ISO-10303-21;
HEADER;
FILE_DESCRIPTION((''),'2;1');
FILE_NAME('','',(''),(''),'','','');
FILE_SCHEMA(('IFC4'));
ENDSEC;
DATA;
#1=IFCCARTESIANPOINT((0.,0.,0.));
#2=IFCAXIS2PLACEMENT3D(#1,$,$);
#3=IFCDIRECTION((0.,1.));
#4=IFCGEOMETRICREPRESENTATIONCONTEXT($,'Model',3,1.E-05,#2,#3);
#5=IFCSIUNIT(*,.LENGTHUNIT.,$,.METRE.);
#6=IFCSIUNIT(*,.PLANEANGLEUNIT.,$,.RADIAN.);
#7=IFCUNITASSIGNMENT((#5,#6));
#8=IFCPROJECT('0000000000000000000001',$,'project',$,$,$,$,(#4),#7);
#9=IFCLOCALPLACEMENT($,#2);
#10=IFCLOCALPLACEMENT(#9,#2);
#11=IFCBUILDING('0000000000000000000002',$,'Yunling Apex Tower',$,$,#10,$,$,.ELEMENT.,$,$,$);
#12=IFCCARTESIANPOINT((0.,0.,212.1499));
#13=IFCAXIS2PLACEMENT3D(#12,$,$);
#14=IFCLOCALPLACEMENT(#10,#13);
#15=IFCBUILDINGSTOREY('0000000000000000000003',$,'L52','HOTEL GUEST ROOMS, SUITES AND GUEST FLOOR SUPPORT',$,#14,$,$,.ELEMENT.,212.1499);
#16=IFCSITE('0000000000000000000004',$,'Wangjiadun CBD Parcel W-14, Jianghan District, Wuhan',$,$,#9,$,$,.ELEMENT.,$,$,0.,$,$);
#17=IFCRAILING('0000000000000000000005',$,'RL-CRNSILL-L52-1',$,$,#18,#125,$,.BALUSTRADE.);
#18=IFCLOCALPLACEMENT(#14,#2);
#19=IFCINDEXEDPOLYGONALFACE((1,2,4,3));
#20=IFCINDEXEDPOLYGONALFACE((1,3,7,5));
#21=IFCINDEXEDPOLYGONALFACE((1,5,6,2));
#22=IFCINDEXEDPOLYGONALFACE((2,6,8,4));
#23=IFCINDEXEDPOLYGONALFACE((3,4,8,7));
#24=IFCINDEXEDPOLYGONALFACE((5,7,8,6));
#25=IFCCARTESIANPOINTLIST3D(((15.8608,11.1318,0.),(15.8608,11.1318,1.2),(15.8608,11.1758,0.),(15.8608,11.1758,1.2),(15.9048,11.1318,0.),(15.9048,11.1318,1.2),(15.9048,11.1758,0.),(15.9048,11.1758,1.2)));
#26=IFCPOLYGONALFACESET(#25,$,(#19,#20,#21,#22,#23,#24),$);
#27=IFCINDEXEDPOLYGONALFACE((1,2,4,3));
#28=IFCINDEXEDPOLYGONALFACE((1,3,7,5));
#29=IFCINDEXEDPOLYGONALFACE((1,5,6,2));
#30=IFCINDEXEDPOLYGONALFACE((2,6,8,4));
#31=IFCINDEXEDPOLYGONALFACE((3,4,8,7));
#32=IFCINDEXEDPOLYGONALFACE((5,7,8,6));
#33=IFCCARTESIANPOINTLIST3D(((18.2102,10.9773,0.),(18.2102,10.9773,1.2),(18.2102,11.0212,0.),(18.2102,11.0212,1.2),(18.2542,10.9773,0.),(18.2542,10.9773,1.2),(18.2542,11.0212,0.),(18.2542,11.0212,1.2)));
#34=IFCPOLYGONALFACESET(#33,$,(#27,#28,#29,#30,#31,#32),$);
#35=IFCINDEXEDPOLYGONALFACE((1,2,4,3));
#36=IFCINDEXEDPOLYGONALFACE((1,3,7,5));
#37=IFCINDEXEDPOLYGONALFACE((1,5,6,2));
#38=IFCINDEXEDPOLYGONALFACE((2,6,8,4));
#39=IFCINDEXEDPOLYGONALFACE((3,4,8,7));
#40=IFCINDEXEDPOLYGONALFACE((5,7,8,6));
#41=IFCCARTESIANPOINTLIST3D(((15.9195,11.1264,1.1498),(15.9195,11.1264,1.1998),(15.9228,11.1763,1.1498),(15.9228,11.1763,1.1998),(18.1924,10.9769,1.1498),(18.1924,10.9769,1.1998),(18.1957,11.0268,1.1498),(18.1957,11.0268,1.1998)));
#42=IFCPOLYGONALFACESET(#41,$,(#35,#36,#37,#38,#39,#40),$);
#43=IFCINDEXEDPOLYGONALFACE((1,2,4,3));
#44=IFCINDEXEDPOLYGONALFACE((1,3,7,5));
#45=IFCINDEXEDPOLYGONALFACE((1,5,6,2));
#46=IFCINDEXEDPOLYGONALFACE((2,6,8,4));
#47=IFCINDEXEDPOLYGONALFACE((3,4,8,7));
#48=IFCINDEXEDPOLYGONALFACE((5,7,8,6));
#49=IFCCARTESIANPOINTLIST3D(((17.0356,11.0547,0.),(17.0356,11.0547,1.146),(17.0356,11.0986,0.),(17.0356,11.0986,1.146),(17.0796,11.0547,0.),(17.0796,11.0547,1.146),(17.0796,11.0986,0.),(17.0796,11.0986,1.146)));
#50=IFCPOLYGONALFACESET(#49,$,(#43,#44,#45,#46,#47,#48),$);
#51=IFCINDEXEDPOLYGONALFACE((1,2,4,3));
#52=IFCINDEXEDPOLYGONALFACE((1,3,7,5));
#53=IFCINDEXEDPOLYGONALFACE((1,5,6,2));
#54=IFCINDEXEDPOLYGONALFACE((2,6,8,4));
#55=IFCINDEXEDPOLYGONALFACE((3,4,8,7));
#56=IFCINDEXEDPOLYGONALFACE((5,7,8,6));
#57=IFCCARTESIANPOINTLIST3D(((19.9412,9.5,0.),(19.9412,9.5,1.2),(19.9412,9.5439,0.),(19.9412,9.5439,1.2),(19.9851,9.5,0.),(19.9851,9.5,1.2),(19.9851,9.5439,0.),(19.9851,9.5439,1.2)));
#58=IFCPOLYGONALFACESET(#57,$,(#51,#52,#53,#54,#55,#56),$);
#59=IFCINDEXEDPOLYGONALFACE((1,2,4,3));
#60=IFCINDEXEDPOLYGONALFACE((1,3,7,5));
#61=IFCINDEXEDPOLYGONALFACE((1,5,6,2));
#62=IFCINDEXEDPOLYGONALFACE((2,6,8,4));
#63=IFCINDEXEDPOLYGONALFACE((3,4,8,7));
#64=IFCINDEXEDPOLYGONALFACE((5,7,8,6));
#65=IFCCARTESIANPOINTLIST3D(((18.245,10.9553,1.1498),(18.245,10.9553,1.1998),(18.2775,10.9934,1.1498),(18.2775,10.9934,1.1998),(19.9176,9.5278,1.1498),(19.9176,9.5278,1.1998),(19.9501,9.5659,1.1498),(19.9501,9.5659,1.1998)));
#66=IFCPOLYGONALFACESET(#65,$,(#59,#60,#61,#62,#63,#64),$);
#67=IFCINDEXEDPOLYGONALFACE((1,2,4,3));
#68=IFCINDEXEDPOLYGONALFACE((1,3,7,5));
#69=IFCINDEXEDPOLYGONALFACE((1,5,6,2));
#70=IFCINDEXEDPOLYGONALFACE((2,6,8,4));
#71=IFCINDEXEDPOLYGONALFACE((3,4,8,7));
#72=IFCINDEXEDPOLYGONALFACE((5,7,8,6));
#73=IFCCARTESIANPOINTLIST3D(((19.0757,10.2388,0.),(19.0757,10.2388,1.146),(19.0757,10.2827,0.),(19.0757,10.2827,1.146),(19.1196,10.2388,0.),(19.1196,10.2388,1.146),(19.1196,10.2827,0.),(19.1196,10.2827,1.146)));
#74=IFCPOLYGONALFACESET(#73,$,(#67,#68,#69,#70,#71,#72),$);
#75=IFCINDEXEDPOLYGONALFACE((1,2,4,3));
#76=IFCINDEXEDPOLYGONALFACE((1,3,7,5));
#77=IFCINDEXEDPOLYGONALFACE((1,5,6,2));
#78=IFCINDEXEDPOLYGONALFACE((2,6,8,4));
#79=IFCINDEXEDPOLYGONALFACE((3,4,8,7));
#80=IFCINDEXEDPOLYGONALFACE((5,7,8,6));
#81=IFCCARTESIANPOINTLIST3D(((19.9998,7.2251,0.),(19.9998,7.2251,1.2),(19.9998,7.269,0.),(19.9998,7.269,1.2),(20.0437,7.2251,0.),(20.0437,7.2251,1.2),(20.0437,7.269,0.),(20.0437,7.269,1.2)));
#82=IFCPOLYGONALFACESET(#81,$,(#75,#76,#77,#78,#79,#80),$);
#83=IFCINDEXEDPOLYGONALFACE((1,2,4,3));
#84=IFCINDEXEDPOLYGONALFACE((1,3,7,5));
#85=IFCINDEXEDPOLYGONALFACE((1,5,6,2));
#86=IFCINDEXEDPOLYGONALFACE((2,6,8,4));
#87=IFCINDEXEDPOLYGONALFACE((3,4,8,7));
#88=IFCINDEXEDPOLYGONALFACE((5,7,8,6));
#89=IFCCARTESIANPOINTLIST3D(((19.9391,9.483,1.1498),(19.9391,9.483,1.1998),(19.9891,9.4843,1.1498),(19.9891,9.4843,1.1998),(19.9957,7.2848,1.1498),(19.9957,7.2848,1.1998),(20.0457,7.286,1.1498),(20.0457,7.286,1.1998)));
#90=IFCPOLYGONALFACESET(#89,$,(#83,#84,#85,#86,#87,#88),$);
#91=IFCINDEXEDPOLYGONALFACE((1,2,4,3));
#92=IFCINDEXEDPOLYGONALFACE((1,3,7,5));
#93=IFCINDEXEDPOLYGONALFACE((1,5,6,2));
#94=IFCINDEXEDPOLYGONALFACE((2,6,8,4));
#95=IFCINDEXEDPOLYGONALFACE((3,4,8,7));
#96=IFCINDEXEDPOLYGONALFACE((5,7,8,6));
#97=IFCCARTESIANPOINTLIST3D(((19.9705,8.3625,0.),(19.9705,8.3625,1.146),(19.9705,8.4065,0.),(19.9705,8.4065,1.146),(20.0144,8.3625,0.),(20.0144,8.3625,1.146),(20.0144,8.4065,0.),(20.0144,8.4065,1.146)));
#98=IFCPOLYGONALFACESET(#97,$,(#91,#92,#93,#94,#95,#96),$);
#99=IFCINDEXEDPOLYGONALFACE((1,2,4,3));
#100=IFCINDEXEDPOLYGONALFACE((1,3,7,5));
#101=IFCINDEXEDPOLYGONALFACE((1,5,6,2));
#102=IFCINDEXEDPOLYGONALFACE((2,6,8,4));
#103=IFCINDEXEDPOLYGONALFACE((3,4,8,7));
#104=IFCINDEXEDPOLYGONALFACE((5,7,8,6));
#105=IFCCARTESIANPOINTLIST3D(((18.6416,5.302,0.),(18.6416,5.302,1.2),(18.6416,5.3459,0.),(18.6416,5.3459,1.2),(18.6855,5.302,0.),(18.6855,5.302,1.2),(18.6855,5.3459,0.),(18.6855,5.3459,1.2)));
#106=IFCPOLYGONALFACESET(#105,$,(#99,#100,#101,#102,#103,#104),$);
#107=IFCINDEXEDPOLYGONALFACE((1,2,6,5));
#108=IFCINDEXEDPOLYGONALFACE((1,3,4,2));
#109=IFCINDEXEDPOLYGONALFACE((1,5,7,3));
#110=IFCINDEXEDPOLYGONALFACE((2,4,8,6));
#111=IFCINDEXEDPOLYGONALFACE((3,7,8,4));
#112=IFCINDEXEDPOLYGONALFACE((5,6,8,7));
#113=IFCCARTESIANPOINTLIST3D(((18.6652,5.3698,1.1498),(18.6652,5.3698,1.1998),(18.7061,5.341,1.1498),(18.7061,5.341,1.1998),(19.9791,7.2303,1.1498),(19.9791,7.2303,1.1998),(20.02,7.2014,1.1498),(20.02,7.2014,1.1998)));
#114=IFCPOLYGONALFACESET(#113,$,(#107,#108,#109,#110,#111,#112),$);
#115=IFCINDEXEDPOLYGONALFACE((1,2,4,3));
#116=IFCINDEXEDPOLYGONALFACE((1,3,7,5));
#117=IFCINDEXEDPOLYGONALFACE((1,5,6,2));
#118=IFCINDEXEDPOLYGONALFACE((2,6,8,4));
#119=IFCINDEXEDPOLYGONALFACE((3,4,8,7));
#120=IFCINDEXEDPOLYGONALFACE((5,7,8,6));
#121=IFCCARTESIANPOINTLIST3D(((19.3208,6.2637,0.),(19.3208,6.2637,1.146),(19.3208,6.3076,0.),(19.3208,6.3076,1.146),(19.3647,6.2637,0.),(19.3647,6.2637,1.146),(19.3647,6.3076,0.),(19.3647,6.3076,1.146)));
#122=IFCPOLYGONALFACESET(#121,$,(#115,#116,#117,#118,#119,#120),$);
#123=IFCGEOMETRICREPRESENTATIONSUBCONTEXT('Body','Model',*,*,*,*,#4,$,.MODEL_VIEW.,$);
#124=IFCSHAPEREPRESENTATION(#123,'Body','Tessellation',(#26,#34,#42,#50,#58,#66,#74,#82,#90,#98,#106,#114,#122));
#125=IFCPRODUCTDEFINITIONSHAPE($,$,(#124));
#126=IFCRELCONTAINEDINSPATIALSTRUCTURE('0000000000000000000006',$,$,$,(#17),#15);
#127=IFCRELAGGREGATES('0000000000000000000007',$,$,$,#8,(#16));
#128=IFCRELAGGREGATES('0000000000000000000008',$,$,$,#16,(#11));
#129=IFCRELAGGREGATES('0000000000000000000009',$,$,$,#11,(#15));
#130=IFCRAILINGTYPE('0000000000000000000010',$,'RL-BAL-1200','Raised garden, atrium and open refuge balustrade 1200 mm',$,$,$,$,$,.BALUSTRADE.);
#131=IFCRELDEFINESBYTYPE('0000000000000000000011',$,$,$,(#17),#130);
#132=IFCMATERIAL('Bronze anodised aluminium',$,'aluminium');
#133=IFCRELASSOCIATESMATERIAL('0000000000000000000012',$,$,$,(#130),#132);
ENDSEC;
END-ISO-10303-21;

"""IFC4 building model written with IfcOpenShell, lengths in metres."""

from ifc_helpers import new_model, si_unit, direction, frame, origin, origin_2d, place, context, subcontext, project, spatial, rectangle, extrude, material, type_object, element, save


model = new_model("IFC4")

# Units and contexts
model_context = context("Model", 3, precision=1e-05, world=origin(), true_north=direction((0.0, 1.0)))
body_context = subcontext(model_context, "Body", "Model", "MODEL_VIEW")
ifc_project = project(units=[si_unit("LENGTHUNIT", "METRE"), si_unit("PLANEANGLEUNIT", "RADIAN")], contexts=[model_context])

# Site, building, storey
site_placement = place(None, origin())
site = spatial("IfcSite", under=ifc_project, at=site_placement, Name="Wangjiadun CBD Parcel W-14, Jianghan District, Wuhan", CompositionType="ELEMENT", RefElevation=0.0)
building_placement = place(site_placement, origin())
building = spatial("IfcBuilding", under=site, at=building_placement, Name="Yunling Apex Tower", CompositionType="ELEMENT")
storey_placement = place(building_placement, frame((0.0, 0.0, 212.1499)))
storey = spatial("IfcBuildingStorey", under=building, at=storey_placement, Name="L52", Description="HOTEL GUEST ROOMS, SUITES AND GUEST FLOOR SUPPORT", CompositionType="ELEMENT", Elevation=212.1499)

# Shared definitions
ifc_material_1 = material(Name="Bronze anodised aluminium", Category="aluminium")

# Railing
railing_type = type_object("IfcRailingType", Name="RL-BAL-1200", Description="Raised garden, atrium and open refuge balustrade 1200 mm", PredefinedType="BALUSTRADE", material=ifc_material_1)
railing_1_placement = place(storey_placement, frame((15.8828, 11.1538, 0.0)))
element("IfcRailing", 1, at=railing_1_placement, inside=storey, type_object=railing_type, Name="RL-CRNSILL-L52-1", PredefinedType="BALUSTRADE", context=body_context, shape_type="SweptSolid", body=[
    extrude(rectangle(XDim=0.0439, YDim=0.0439, at=origin_2d()), origin(), (0.0, 0.0, 1.0), 1.2),
    extrude(rectangle(XDim=0.0439, YDim=0.0439, at=origin_2d()), frame((2.3494, -0.1545, 0.0)), (0.0, 0.0, 1.0), 1.2),
    extrude(rectangle(XDim=0.05, YDim=0.05, at=origin_2d()), frame((0.0383, -0.0024, 1.1748), z_axis=(0.997843, -0.065638, 0.0), x_axis=(0.065638, 0.997843, 0.0)), (0.0, 0.0, 1.0), 2.2778),
    extrude(rectangle(XDim=0.0439, YDim=0.0439, at=origin_2d()), frame((1.1748, -0.0771, 0.0)), (0.0, 0.0, 1.0), 1.146),
    extrude(rectangle(XDim=0.0439, YDim=0.0439, at=origin_2d()), frame((4.0803, -1.6318, 0.0)), (0.0, 0.0, 1.0), 1.2),
    extrude(rectangle(XDim=0.05, YDim=0.05, at=origin_2d()), frame((2.3784, -0.1794, 1.1748), z_axis=(0.760641, -0.649173, 0.0), x_axis=(0.649173, 0.760641, 0.0)), (0.0, 0.0, 1.0), 2.199),
    extrude(rectangle(XDim=0.0439, YDim=0.0439, at=origin_2d()), frame((3.2148, -0.8931, 0.0)), (0.0, 0.0, 1.0), 1.146),
    extrude(rectangle(XDim=0.0439, YDim=0.0439, at=origin_2d()), frame((4.1389, -3.9067, 0.0)), (0.0, 0.0, 1.0), 1.2),
    extrude(rectangle(XDim=0.05, YDim=0.05, at=origin_2d()), frame((4.0813, -1.6702, 1.1748), z_axis=(0.025748, -0.999668, 0.0), x_axis=(0.999668, 0.025748, 0.0)), (0.0, 0.0, 1.0), 2.199),
    extrude(rectangle(XDim=0.0439, YDim=0.0439, at=origin_2d()), frame((4.1096, -2.7693, 0.0)), (0.0, 0.0, 1.0), 1.146),
    extrude(rectangle(XDim=0.0439, YDim=0.0439, at=origin_2d()), frame((2.7808, -5.8298, 0.0)), (0.0, 0.0, 1.0), 1.2),
    extrude(rectangle(XDim=0.05, YDim=0.05, at=origin_2d()), frame((4.1167, -3.938, 1.1748), z_axis=(-0.576875, -0.816833, 0.0), x_axis=(0.816833, -0.576875, 0.0)), (0.0, 0.0, 1.0), 2.2776),
    extrude(rectangle(XDim=0.0439, YDim=0.0439, at=origin_2d()), frame((3.46, -4.8682, 0.0)), (0.0, 0.0, 1.0), 1.146),
])

save(model, "model.ifc")
